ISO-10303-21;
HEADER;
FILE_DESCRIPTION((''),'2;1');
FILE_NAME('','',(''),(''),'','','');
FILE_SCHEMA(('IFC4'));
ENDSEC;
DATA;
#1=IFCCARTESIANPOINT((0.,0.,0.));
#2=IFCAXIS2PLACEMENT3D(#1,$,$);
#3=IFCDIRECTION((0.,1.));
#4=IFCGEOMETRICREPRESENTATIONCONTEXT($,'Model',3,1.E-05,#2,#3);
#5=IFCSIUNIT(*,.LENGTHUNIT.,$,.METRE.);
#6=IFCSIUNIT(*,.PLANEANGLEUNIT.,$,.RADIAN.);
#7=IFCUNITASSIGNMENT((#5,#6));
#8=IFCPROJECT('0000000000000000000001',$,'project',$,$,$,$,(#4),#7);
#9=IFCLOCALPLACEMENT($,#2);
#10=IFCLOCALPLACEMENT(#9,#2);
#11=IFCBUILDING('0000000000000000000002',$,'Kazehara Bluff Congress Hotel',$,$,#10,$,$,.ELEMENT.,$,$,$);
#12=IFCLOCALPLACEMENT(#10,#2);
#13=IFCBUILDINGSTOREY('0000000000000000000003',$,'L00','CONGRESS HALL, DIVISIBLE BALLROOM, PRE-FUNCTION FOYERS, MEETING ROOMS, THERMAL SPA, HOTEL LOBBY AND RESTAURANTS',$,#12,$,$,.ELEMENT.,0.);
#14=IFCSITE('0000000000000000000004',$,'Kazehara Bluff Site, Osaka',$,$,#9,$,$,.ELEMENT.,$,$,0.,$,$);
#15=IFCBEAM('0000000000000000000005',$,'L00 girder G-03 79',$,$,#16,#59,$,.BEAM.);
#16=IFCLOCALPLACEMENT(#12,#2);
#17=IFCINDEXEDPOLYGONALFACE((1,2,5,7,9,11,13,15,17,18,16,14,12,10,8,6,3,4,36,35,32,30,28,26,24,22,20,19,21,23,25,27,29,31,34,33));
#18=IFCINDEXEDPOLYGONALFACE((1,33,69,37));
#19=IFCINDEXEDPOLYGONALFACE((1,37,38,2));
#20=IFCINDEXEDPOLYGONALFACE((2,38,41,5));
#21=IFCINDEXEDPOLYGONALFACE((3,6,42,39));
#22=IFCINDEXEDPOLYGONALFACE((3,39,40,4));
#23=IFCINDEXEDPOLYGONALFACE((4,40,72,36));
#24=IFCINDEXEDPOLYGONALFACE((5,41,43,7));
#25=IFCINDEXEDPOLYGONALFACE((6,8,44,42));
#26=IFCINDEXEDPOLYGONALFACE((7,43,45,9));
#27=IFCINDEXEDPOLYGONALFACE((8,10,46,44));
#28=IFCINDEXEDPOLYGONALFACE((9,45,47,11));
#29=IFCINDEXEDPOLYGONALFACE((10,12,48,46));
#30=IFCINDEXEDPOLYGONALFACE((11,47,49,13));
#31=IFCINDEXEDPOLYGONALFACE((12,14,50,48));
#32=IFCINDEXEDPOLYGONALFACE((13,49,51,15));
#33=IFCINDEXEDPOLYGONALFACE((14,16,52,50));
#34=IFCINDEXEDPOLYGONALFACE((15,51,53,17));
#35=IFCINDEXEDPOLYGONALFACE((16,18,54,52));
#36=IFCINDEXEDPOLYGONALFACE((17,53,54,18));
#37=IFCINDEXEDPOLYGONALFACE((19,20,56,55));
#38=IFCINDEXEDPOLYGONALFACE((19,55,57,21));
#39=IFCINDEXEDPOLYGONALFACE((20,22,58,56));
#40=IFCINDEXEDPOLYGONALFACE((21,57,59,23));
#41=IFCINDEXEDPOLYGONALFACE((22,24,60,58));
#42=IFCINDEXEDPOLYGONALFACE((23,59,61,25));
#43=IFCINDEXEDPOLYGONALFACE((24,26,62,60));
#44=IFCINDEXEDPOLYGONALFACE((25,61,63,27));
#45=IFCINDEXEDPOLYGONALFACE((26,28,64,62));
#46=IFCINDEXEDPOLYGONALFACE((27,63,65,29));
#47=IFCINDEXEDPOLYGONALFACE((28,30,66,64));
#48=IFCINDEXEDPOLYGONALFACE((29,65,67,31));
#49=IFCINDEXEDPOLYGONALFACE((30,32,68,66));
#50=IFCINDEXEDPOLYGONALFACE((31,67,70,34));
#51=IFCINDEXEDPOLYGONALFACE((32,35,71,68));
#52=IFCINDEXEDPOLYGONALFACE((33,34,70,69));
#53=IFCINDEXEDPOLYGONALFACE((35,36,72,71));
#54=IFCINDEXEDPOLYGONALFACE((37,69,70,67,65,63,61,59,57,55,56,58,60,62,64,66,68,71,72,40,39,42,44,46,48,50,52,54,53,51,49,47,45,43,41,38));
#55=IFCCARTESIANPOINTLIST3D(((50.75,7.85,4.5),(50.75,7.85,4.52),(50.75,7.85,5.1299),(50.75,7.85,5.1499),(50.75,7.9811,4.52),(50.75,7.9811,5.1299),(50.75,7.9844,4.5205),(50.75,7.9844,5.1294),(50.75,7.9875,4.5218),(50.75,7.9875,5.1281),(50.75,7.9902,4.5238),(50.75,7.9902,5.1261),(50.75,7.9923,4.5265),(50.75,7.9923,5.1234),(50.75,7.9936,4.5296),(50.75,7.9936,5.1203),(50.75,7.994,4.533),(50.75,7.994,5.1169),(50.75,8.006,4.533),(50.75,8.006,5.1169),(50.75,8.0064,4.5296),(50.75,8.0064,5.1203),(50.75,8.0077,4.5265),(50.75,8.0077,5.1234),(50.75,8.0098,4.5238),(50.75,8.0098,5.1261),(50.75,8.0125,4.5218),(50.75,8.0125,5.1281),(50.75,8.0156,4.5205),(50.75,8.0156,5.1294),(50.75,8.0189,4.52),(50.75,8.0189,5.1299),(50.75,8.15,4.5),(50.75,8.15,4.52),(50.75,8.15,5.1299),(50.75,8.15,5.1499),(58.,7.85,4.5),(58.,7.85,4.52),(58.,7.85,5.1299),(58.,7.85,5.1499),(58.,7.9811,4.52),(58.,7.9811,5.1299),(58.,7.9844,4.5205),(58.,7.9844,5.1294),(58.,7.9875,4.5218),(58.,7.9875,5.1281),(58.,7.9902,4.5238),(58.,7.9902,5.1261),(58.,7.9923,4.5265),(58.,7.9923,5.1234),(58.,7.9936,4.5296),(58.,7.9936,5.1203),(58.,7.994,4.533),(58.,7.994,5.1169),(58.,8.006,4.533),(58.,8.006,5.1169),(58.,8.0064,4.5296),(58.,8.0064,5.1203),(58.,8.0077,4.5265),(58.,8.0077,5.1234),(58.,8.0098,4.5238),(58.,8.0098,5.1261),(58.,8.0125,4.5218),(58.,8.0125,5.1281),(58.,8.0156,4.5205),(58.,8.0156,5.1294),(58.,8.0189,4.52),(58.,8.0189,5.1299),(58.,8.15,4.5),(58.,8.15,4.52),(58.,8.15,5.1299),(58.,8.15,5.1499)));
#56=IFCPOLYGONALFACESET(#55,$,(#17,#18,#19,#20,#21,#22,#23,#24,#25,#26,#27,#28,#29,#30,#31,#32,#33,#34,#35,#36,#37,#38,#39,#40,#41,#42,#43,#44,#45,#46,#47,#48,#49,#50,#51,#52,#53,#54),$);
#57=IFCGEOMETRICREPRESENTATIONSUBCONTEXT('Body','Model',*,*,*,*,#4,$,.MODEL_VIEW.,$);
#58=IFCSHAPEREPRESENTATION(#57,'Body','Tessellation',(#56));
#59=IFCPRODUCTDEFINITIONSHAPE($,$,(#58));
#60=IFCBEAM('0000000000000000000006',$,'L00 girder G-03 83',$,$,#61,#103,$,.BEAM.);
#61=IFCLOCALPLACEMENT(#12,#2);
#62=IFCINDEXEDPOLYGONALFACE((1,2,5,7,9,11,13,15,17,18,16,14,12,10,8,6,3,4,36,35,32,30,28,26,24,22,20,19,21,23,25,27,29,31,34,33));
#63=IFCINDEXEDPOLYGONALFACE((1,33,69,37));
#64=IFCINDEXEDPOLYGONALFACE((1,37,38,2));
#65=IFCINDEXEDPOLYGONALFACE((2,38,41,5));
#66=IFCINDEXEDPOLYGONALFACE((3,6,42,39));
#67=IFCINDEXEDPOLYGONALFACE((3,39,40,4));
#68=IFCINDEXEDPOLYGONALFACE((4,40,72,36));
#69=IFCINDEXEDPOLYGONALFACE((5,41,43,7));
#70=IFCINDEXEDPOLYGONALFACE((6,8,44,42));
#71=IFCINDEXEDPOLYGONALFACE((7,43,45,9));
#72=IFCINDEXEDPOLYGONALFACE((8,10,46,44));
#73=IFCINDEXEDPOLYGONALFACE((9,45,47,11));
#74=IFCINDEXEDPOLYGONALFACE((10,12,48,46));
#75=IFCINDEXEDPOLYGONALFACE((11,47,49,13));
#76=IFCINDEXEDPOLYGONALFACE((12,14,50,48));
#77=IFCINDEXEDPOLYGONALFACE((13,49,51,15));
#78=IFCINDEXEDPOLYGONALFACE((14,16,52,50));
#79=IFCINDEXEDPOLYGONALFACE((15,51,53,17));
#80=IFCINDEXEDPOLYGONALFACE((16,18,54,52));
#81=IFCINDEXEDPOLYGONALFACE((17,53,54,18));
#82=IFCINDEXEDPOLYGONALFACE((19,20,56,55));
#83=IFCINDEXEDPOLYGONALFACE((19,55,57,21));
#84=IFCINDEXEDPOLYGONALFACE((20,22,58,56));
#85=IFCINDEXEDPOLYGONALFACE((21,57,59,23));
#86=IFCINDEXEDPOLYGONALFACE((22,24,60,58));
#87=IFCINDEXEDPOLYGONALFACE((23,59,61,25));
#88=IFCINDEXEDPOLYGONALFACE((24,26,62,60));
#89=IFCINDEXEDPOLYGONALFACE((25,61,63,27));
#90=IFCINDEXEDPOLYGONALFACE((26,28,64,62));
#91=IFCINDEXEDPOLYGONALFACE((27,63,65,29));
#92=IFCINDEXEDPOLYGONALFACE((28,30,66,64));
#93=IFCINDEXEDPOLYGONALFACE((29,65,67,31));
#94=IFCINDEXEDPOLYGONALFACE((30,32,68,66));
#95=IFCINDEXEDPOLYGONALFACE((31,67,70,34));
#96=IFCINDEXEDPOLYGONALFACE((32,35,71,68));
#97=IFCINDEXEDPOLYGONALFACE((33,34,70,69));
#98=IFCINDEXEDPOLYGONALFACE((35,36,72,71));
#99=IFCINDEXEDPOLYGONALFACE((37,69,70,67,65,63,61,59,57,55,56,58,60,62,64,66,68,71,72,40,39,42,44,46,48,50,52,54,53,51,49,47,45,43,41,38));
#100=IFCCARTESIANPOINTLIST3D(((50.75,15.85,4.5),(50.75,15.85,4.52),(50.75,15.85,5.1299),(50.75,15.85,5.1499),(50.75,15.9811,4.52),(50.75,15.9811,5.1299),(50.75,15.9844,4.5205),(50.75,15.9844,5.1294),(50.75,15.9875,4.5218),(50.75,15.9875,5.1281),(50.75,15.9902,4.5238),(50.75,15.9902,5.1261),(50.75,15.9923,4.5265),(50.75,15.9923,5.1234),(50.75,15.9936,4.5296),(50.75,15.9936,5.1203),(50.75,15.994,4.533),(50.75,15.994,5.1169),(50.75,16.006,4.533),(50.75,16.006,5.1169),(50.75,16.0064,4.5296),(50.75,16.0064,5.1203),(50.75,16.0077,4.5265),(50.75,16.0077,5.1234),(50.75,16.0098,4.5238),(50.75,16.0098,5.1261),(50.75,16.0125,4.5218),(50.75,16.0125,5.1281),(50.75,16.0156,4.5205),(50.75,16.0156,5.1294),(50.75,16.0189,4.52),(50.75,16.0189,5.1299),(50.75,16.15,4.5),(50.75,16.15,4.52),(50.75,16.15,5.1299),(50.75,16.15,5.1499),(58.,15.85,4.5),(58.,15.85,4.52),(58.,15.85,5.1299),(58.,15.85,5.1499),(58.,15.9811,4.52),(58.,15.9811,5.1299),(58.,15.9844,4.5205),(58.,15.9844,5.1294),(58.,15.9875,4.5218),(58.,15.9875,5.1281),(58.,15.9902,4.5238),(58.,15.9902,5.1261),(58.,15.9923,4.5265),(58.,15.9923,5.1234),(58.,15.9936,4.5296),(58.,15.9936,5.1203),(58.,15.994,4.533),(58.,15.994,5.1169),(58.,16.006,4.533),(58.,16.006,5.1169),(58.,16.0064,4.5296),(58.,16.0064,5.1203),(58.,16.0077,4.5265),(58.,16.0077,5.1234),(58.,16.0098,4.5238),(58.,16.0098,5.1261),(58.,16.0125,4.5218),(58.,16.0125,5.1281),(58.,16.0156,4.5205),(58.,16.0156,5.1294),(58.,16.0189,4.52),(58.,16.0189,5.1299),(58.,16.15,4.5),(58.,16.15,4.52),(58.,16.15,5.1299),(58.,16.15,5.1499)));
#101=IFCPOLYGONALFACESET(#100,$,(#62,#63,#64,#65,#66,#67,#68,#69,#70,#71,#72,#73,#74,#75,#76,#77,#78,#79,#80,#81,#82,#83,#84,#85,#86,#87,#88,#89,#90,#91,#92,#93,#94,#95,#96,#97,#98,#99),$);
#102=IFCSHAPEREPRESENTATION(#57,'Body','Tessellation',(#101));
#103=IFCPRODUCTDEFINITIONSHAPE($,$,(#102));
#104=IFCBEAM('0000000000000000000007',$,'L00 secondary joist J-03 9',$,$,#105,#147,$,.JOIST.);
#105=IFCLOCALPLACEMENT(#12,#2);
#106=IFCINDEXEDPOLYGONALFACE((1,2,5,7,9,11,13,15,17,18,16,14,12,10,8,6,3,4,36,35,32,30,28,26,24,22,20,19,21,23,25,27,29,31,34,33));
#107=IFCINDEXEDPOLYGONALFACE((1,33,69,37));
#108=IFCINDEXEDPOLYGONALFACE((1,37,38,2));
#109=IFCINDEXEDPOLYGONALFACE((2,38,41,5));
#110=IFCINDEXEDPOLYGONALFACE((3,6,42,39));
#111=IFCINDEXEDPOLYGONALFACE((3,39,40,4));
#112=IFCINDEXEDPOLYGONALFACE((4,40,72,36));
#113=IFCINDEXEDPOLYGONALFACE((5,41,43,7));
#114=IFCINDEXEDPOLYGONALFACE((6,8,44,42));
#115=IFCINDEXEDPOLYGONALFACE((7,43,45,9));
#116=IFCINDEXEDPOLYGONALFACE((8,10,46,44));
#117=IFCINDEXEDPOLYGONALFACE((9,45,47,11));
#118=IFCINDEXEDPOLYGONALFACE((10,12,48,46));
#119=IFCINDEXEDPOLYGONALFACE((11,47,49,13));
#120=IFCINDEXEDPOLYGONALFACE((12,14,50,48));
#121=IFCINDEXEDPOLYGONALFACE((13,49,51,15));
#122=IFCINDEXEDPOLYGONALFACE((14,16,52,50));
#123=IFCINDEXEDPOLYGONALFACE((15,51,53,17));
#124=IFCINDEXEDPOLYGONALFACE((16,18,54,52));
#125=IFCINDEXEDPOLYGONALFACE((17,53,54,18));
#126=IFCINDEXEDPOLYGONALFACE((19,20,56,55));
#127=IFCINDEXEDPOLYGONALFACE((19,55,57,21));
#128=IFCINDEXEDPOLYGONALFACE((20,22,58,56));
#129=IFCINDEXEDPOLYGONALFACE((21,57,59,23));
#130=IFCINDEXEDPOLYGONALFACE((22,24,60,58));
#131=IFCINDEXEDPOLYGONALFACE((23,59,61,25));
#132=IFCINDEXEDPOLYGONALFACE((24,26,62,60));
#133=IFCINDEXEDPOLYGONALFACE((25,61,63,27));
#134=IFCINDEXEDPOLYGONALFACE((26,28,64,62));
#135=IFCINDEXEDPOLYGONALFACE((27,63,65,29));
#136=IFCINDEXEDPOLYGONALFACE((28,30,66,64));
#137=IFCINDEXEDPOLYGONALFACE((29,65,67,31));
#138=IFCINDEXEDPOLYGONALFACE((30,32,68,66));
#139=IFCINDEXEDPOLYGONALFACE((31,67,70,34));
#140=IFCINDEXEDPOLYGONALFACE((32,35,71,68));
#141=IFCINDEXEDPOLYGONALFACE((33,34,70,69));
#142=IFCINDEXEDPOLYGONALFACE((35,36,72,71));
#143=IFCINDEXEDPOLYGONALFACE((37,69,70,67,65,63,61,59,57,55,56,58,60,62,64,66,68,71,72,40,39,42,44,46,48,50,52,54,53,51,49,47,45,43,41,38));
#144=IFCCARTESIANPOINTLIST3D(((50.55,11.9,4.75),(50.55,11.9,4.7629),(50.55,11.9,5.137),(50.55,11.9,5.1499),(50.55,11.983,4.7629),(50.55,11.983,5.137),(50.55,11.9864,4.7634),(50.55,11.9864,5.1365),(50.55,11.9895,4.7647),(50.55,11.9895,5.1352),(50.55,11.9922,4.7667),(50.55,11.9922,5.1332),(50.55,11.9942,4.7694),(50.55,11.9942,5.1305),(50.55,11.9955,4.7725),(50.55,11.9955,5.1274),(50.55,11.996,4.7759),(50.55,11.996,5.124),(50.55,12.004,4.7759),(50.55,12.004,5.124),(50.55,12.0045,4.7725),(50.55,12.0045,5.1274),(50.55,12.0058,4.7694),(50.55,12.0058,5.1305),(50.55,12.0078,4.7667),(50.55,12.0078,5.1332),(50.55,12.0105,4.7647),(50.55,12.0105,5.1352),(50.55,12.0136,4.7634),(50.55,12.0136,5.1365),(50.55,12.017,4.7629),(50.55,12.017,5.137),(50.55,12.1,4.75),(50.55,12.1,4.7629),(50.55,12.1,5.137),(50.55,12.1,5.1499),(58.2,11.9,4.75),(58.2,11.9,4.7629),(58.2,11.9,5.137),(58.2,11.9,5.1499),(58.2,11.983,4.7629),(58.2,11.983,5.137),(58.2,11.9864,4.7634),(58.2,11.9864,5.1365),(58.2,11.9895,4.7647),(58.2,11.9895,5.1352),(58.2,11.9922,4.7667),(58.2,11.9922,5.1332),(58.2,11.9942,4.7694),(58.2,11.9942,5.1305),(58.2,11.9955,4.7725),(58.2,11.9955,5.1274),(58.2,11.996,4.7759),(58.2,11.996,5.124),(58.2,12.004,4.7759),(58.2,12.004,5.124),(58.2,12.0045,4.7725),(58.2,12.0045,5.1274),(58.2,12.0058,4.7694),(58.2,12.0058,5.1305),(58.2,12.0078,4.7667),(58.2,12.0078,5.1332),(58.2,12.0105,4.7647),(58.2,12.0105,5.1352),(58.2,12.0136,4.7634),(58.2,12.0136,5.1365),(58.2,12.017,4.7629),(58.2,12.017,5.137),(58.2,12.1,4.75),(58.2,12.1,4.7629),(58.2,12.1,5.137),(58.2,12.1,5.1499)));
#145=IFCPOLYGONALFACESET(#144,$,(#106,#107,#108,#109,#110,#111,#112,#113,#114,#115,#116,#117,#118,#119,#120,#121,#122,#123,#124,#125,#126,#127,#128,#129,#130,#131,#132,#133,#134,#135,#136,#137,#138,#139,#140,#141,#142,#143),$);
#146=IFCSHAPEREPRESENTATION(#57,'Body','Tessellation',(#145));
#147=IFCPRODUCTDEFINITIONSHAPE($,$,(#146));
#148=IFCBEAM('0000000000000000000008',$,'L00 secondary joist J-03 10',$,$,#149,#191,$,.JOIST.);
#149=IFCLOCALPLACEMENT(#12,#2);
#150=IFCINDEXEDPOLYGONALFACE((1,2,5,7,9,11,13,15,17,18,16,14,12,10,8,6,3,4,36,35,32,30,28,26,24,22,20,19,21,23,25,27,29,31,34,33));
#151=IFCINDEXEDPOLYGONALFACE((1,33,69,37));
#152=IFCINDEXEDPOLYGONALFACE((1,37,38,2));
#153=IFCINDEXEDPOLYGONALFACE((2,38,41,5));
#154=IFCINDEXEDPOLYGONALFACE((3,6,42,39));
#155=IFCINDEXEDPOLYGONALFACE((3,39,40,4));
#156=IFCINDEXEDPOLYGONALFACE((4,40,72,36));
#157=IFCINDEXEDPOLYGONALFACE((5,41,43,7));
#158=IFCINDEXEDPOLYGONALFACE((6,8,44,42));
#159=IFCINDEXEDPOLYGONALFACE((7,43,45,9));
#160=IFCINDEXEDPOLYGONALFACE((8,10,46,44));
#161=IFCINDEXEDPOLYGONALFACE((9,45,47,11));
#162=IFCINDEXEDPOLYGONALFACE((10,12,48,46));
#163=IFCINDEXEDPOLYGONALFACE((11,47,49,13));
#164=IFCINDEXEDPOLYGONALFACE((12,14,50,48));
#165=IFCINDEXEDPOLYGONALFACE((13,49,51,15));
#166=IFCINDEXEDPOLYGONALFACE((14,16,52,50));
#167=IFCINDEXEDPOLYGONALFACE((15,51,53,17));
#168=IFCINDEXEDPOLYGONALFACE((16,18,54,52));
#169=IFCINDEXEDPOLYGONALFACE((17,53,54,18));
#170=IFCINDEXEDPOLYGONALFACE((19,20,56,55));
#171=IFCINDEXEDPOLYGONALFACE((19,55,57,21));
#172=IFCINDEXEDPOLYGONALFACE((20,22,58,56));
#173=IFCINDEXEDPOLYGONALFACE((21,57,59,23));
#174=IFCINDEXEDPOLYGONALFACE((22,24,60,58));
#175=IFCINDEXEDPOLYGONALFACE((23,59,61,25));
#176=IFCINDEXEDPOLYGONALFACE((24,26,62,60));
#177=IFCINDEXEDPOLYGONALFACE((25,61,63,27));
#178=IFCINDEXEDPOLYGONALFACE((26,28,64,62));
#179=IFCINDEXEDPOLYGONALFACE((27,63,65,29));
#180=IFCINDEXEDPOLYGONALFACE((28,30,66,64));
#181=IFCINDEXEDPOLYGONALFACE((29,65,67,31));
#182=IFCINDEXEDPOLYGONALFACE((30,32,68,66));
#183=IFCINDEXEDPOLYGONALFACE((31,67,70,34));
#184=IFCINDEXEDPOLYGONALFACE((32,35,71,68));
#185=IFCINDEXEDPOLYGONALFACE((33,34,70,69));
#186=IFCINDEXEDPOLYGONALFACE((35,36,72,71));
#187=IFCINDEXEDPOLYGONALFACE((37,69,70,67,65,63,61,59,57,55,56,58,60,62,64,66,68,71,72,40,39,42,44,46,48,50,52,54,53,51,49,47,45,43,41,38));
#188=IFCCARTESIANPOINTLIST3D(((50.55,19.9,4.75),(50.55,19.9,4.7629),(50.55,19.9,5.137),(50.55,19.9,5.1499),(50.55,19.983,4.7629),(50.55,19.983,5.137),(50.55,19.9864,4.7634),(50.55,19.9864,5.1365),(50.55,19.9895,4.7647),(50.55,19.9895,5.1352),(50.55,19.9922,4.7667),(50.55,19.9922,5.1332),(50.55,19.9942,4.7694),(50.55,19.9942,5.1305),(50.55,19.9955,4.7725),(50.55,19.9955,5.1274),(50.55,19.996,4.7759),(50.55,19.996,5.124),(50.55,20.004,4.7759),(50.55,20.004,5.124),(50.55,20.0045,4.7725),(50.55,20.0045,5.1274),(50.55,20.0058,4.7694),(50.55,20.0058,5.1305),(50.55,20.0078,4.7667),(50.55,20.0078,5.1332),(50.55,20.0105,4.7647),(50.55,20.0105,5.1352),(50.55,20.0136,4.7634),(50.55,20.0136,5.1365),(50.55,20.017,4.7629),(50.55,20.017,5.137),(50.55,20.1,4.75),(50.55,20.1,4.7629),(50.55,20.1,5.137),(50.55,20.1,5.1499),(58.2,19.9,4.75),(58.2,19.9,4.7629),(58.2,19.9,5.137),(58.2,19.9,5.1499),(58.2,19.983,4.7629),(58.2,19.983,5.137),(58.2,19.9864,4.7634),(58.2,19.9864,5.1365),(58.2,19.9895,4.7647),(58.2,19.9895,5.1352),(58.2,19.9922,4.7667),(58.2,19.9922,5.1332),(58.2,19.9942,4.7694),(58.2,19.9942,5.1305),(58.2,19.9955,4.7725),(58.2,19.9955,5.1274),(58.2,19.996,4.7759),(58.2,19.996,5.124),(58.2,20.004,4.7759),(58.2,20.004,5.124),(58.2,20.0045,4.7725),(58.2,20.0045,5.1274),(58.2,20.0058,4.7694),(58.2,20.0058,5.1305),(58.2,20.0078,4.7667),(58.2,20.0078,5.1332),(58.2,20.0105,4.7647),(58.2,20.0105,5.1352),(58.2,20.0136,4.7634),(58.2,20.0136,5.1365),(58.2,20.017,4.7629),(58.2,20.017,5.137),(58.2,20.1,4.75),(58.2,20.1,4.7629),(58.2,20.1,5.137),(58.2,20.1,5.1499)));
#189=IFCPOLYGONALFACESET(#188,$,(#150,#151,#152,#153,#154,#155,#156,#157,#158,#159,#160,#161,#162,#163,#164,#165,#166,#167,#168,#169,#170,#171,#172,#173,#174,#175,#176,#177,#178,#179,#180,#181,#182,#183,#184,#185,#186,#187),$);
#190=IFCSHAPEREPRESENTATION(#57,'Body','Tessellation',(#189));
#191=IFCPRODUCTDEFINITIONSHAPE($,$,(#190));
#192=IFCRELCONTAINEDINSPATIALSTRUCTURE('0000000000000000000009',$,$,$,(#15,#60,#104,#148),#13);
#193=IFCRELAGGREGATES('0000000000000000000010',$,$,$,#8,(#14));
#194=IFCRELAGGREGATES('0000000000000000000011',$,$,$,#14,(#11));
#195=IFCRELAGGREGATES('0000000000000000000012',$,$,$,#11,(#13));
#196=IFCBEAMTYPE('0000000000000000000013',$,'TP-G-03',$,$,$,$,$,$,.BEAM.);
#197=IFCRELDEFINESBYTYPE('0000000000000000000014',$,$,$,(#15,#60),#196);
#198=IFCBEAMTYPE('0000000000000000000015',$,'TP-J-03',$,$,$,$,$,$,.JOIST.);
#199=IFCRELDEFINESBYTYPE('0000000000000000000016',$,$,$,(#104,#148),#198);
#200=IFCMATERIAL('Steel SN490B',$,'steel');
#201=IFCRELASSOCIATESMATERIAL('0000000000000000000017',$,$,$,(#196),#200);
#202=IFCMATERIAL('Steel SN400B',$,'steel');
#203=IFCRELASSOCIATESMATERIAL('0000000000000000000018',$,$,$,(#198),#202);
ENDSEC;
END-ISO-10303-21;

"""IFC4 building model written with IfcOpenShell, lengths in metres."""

from ifc_helpers import new_model, si_unit, direction, frame, origin, origin_2d, place, context, subcontext, project, spatial, i_section, extrude, material, material_profile, profile_set, type_object, element, save


model = new_model("IFC4")

# Units and contexts
model_context = context("Model", 3, precision=1e-05, world=origin(), true_north=direction((0.0, 1.0)))
body_context = subcontext(model_context, "Body", "Model", "MODEL_VIEW")
ifc_project = project(units=[si_unit("LENGTHUNIT", "METRE"), si_unit("PLANEANGLEUNIT", "RADIAN")], contexts=[model_context])

# Site, building, storey
site_placement = place(None, origin())
site = spatial("IfcSite", under=ifc_project, at=site_placement, Name="Kazehara Bluff Site, Osaka", CompositionType="ELEMENT", RefElevation=0.0)
building_placement = place(site_placement, origin())
building = spatial("IfcBuilding", under=site, at=building_placement, Name="Kazehara Bluff Congress Hotel", CompositionType="ELEMENT")
storey_placement = place(building_placement, origin())
storey = spatial("IfcBuildingStorey", under=building, at=storey_placement, Name="L00", Description="CONGRESS HALL, DIVISIBLE BALLROOM, PRE-FUNCTION FOYERS, MEETING ROOMS, THERMAL SPA, HOTEL LOBBY AND RESTAURANTS", CompositionType="ELEMENT", Elevation=0.0)

# Beams
ifc_material_1 = material(Name="Steel SN490B", Category="steel")
ifc_material_profile_1 = material_profile(ifc_material_1, i_section(OverallWidth=0.3, OverallDepth=0.6499, WebThickness=0.012, FlangeThickness=0.02, FilletRadius=0.0129, at=origin_2d()))
ifc_profile_set_1 = profile_set([ifc_material_profile_1], Name="Steel SN490B")
beam_type_1 = type_object("IfcBeamType", Name="TP-G-03", PredefinedType="BEAM", material=ifc_profile_set_1)
for number, where, z_axis, x_axis, name in (
    (1, (50.75, 8.0, 4.825), (1.0, 0.0, 0.0), (0.0, 1.0, 0.0), "L00 girder G-03 79"),
    (2, (50.75, 16.0, 4.825), (1.0, 0.0, 0.0), (0.0, 1.0, 0.0), "L00 girder G-03 83"),
):
    element("IfcBeam", number, at=place(storey_placement, frame(where, z_axis=z_axis, x_axis=x_axis)), inside=storey, type_object=beam_type_1, Name=name, PredefinedType="BEAM", context=body_context, shape_type="SweptSolid", body=[
        extrude(i_section(OverallWidth=0.3, OverallDepth=0.6499, WebThickness=0.012, FlangeThickness=0.02, FilletRadius=0.0129, at=origin_2d()), origin(), (0.0, 0.0, 1.0), 7.25),
    ])
ifc_material_2 = material(Name="Steel SN400B", Category="steel")
ifc_material_profile_2 = material_profile(ifc_material_2, i_section(OverallWidth=0.2, OverallDepth=0.3999, WebThickness=0.0081, FlangeThickness=0.0129, FilletRadius=0.0129, at=origin_2d()))
ifc_profile_set_2 = profile_set([ifc_material_profile_2], Name="Steel SN400B")
beam_type_2 = type_object("IfcBeamType", Name="TP-J-03", PredefinedType="JOIST", material=ifc_profile_set_2)
for number, where, z_axis, x_axis, name in (
    (3, (50.55, 12.0, 4.95), (1.0, 0.0, 0.0), (0.0, 1.0, 0.0), "L00 secondary joist J-03 9"),
    (4, (50.55, 20.0, 4.95), (1.0, 0.0, 0.0), (0.0, 1.0, 0.0), "L00 secondary joist J-03 10"),
):
    element("IfcBeam", number, at=place(storey_placement, frame(where, z_axis=z_axis, x_axis=x_axis)), inside=storey, type_object=beam_type_2, Name=name, PredefinedType="JOIST", context=body_context, shape_type="SweptSolid", body=[
        extrude(i_section(OverallWidth=0.2, OverallDepth=0.3999, WebThickness=0.0081, FlangeThickness=0.0129, FilletRadius=0.0129, at=origin_2d()), origin(), (0.0, 0.0, 1.0), 7.6499),
    ])

save(model, "model.ifc")
